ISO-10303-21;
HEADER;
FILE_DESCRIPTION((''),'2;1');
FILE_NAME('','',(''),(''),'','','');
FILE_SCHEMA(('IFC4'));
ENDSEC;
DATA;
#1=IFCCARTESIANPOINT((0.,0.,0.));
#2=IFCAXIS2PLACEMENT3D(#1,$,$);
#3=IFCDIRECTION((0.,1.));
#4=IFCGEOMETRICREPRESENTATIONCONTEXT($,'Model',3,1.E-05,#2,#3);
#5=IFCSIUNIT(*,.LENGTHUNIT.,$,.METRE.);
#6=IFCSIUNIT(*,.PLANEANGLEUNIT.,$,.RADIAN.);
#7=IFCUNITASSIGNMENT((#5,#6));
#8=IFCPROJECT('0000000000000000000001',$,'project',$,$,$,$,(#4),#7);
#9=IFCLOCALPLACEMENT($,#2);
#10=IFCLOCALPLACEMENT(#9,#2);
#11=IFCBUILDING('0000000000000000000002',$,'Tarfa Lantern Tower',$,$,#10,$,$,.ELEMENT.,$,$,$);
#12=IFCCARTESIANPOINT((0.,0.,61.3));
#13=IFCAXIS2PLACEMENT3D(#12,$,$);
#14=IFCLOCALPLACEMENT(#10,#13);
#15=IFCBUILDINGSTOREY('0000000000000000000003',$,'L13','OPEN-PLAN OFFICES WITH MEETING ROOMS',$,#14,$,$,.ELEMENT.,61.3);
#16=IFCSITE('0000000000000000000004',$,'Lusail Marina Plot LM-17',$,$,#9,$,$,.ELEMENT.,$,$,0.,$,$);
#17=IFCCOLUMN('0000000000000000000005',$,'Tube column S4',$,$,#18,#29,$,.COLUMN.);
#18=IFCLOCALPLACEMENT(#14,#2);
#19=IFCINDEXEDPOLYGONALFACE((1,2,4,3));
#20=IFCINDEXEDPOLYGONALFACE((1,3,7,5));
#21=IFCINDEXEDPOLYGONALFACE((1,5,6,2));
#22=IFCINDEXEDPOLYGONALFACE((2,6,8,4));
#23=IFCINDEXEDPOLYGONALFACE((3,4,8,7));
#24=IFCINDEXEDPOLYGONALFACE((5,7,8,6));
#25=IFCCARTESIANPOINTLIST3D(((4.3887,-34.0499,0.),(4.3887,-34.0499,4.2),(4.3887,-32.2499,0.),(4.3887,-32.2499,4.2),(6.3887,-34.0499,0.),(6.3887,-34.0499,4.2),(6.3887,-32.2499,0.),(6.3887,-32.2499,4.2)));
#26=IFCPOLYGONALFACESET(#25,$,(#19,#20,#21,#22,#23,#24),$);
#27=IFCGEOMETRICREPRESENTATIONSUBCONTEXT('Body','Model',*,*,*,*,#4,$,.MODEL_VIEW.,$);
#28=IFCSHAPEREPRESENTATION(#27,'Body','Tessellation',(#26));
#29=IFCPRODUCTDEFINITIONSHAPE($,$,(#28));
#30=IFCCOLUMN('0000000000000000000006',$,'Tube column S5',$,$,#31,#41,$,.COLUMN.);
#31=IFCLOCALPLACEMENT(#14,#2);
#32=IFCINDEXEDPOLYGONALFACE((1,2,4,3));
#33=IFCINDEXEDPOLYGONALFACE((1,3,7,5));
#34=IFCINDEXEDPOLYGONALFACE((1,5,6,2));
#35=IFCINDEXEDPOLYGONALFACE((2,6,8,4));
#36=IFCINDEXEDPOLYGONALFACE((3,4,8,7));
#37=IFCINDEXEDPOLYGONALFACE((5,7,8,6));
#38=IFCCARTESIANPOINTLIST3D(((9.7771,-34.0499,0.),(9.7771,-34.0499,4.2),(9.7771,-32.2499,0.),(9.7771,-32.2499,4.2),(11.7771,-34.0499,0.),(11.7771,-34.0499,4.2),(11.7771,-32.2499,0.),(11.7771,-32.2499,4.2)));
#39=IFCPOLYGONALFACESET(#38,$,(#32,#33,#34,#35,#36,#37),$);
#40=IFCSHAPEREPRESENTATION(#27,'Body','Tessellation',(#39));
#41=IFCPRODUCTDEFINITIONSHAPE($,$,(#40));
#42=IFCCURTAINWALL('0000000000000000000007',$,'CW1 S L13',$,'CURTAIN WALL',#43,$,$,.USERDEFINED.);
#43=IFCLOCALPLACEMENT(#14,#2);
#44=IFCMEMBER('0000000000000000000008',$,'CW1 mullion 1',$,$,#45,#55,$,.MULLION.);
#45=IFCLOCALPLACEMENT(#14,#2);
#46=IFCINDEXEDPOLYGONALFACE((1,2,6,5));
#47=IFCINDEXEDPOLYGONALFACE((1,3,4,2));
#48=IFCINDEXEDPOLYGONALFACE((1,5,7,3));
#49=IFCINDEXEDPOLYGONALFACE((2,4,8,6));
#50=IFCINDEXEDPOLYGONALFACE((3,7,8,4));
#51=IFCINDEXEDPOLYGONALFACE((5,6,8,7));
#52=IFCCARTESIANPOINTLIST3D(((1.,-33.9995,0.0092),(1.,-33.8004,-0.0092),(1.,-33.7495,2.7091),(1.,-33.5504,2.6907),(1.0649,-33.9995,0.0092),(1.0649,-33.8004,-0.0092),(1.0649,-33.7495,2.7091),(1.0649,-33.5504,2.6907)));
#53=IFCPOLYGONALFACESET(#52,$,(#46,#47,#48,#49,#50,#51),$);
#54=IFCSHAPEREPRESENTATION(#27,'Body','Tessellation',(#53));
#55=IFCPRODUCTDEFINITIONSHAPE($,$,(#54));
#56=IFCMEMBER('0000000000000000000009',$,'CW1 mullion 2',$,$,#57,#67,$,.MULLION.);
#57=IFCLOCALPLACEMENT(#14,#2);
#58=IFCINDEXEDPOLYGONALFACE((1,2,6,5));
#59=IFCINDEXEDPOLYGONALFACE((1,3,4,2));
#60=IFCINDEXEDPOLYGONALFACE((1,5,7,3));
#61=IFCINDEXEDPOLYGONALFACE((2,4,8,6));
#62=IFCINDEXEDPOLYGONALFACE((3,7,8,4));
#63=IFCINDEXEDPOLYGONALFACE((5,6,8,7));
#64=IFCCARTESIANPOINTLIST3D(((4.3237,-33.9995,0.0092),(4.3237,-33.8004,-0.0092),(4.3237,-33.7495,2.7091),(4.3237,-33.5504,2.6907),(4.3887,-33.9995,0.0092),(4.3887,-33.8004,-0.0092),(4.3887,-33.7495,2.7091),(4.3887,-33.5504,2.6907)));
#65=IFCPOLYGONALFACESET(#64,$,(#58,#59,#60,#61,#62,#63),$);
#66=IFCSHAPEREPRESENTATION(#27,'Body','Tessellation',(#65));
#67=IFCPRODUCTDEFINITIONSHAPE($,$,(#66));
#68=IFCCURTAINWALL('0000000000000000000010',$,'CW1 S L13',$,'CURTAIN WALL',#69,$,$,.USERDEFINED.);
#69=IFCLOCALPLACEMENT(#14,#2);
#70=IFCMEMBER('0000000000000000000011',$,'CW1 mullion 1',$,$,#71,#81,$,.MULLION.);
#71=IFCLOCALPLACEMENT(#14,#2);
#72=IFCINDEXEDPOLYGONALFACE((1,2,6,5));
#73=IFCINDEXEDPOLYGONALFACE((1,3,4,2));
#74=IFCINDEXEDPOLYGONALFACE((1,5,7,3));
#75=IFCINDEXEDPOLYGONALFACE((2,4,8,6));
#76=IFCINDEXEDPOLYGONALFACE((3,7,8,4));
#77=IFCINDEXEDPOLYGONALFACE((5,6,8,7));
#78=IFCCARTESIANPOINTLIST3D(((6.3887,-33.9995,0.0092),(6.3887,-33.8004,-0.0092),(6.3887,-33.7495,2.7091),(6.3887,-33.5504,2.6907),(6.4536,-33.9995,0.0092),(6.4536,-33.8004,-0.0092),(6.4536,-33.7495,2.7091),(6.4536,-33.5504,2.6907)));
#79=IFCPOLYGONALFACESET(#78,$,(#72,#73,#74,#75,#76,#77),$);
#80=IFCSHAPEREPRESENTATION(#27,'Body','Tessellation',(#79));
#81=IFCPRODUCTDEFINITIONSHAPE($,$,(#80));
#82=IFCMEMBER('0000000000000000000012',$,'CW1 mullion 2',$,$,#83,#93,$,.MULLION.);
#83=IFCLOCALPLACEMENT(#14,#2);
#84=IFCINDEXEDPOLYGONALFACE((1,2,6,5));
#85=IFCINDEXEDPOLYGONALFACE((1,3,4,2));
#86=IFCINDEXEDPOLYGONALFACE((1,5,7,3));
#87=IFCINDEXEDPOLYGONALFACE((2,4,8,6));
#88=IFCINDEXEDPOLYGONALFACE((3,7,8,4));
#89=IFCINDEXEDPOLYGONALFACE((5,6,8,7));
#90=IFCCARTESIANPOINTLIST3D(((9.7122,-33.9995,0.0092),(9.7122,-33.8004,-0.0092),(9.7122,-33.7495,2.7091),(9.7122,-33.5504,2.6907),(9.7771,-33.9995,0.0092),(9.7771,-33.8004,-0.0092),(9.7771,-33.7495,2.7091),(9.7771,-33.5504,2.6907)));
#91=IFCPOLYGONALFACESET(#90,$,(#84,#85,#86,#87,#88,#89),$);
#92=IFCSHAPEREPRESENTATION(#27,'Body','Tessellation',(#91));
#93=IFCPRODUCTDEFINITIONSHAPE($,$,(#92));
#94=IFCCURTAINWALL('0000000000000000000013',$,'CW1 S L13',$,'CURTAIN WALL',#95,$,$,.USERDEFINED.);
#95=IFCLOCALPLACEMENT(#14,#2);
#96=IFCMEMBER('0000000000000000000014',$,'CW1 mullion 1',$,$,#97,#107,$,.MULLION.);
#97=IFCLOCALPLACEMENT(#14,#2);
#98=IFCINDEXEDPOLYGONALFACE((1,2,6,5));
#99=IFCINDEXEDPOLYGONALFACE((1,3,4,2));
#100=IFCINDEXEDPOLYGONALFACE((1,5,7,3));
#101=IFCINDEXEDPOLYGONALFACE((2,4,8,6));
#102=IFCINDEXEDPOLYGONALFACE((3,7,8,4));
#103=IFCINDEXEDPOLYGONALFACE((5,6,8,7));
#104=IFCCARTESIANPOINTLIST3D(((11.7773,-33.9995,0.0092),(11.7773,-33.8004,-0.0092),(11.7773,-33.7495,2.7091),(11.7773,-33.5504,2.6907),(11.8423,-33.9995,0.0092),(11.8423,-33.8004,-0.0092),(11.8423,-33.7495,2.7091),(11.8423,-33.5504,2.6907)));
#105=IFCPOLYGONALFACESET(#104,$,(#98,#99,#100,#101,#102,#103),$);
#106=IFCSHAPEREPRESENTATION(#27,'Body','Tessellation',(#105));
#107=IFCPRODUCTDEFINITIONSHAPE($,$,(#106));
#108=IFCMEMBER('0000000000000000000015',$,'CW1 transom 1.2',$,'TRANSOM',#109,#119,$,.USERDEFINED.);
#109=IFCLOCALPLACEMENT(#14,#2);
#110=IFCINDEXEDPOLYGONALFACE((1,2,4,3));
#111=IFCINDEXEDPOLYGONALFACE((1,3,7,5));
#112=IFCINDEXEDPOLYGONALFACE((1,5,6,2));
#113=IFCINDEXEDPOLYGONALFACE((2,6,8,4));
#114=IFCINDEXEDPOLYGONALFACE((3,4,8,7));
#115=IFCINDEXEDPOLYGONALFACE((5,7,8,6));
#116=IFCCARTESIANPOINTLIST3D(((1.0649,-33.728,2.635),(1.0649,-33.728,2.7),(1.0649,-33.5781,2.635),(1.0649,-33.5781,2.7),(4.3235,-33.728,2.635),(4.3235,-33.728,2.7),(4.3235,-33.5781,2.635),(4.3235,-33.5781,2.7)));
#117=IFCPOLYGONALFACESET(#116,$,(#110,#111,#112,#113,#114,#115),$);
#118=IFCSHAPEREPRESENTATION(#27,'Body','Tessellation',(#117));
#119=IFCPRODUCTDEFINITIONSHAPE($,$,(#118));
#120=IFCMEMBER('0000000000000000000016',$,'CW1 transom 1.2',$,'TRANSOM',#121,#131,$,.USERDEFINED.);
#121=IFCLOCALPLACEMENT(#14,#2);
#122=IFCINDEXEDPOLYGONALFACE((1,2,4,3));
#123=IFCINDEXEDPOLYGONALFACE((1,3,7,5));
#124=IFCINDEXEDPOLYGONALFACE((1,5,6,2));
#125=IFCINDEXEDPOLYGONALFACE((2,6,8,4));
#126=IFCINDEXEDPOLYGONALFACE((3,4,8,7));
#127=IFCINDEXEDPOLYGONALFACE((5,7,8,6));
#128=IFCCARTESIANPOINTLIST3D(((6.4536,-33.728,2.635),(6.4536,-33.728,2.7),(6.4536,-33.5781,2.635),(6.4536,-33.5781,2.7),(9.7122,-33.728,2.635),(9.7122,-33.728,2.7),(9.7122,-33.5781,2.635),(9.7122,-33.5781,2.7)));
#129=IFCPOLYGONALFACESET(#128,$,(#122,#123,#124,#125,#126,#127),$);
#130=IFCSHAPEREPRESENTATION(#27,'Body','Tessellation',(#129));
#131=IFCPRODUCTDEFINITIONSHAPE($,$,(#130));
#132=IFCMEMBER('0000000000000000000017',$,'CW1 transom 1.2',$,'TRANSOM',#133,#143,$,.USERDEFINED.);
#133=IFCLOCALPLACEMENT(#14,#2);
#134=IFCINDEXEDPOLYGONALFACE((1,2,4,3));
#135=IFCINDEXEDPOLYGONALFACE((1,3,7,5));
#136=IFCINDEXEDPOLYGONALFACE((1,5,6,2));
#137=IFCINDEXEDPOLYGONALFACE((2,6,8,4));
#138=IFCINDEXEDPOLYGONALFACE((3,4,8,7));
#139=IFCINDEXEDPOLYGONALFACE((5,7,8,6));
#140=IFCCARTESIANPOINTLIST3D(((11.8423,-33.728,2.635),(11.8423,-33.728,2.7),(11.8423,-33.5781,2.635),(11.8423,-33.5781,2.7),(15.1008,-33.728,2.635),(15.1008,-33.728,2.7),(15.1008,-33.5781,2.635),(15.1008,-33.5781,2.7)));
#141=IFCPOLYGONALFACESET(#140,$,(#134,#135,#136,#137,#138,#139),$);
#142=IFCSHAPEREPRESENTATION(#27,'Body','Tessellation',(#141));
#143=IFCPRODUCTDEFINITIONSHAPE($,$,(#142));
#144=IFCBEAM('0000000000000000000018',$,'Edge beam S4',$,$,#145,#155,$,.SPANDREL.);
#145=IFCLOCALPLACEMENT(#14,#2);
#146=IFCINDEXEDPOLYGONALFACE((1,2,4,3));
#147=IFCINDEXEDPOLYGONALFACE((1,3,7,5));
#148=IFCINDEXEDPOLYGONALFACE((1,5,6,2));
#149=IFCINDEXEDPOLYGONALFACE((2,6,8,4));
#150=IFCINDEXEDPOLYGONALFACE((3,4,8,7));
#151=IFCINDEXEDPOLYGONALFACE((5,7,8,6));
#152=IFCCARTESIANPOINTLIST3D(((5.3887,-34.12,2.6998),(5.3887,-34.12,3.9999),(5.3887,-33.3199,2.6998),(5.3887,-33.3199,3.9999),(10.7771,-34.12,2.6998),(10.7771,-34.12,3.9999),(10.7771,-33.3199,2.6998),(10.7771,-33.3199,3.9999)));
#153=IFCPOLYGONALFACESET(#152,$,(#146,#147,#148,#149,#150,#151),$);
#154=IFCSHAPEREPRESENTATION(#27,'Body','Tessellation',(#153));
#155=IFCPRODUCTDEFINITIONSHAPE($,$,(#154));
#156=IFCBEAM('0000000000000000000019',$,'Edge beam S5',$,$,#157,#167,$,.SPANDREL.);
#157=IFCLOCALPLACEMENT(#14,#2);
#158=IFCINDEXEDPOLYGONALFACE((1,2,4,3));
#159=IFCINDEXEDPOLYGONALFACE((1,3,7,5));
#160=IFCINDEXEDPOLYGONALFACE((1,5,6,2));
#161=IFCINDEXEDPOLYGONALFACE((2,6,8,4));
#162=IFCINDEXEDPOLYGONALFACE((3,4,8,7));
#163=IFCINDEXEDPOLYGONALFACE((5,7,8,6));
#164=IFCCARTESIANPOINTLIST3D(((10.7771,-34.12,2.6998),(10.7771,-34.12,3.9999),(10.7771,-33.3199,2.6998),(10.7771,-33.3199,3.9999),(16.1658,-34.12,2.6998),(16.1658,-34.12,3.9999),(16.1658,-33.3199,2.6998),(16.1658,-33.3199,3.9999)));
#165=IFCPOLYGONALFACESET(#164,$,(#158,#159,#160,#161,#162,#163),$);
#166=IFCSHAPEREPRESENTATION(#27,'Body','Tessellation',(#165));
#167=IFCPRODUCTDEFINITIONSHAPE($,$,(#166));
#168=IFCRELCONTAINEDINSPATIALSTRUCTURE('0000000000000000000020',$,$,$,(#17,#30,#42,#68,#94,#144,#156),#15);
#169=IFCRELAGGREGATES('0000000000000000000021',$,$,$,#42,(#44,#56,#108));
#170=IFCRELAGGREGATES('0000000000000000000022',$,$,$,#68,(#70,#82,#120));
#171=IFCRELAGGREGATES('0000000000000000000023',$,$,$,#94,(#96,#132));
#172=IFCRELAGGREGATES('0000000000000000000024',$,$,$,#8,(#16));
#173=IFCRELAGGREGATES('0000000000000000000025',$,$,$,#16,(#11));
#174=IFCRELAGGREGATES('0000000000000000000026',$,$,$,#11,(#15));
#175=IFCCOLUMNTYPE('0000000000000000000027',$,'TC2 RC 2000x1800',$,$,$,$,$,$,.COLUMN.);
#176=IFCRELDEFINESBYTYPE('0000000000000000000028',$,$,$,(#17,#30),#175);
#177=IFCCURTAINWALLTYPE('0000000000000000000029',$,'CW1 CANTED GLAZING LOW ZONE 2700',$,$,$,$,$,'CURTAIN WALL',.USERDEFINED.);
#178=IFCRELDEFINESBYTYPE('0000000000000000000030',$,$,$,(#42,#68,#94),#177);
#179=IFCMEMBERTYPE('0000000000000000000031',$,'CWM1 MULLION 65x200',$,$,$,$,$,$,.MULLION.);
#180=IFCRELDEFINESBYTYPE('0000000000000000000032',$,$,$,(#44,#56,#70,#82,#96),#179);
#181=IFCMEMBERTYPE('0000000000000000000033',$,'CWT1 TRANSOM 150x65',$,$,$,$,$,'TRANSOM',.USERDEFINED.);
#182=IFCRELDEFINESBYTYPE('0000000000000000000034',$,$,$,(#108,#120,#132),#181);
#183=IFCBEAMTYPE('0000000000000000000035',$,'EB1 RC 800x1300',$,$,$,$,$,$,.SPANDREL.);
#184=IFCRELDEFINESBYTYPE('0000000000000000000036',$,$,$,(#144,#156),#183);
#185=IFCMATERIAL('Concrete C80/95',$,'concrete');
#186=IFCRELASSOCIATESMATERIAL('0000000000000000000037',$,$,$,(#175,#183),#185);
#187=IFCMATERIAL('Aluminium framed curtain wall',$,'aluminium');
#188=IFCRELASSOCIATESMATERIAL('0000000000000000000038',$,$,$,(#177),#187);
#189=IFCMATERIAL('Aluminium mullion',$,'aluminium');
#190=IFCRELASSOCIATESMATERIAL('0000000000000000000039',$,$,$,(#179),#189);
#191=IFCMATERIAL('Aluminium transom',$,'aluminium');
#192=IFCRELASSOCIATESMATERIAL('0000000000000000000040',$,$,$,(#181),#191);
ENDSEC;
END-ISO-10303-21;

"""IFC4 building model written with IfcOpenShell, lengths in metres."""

from ifc_helpers import new_model, si_unit, direction, frame, origin, origin_2d, place, context, subcontext, project, spatial, rectangle, extrude, material, material_profile, profile_set, type_object, element, aggregate, save


model = new_model("IFC4")

# Units and contexts
model_context = context("Model", 3, precision=1e-05, world=origin(), true_north=direction((0.0, 1.0)))
body_context = subcontext(model_context, "Body", "Model", "MODEL_VIEW")
ifc_project = project(units=[si_unit("LENGTHUNIT", "METRE"), si_unit("PLANEANGLEUNIT", "RADIAN")], contexts=[model_context])

# Site, building, storey
site_placement = place(None, origin())
site = spatial("IfcSite", under=ifc_project, at=site_placement, Name="Lusail Marina Plot LM-17", CompositionType="ELEMENT", RefElevation=0.0)
building_placement = place(site_placement, origin())
building = spatial("IfcBuilding", under=site, at=building_placement, Name="Tarfa Lantern Tower", CompositionType="ELEMENT")
storey_placement = place(building_placement, frame((0.0, 0.0, 61.3)))
storey = spatial("IfcBuildingStorey", under=building, at=storey_placement, Name="L13", Description="OPEN-PLAN OFFICES WITH MEETING ROOMS", CompositionType="ELEMENT", Elevation=61.3)

# Columns
ifc_material_1 = material(Name="Concrete C80/95", Category="concrete")
ifc_material_profile_1 = material_profile(ifc_material_1, rectangle(XDim=2.0, YDim=1.8, at=origin_2d()), Name="RC 2000x1800")
ifc_profile_set_1 = profile_set([ifc_material_profile_1], Name="Concrete C80/95")
column_type = type_object("IfcColumnType", Name="TC2 RC 2000x1800", PredefinedType="COLUMN", material=ifc_profile_set_1)
for number, where, z_axis, x_axis, name in (
    (1, (5.3887, -33.1499, 0.0), (0.0, 0.0, 1.0), (1.0, 0.0, 0.0), "Tube column S4"),
    (2, (10.7771, -33.1499, 0.0), (0.0, 0.0, 1.0), (1.0, 0.0, 0.0), "Tube column S5"),
):
    element("IfcColumn", number, at=place(storey_placement, frame(where, z_axis=z_axis, x_axis=x_axis)), inside=storey, type_object=column_type, Name=name, PredefinedType="COLUMN", context=body_context, shape_type="SweptSolid", body=[
        extrude(rectangle(XDim=2.0, YDim=1.8, at=origin_2d()), origin(), (0.0, 0.0, 1.0), 4.2),
    ])

# Curtain walls, members
ifc_material_2 = material(Name="Aluminium framed curtain wall", Category="aluminium")
curtain_wall_type = type_object("IfcCurtainWallType", Name="CW1 CANTED GLAZING LOW ZONE 2700", ElementType="CURTAIN WALL", PredefinedType="USERDEFINED", material=ifc_material_2)
curtain_wall_1_placement = place(storey_placement, origin())
curtain_wall_1 = element("IfcCurtainWall", 3, at=curtain_wall_1_placement, inside=storey, type_object=curtain_wall_type, Name="CW1 S L13", ObjectType="CURTAIN WALL", PredefinedType="USERDEFINED")
ifc_material_3 = material(Name="Aluminium mullion", Category="aluminium")
ifc_material_profile_2 = material_profile(ifc_material_3, rectangle(XDim=0.0649, YDim=0.2, at=origin_2d()), Name="AL MULLION 65x200")
ifc_profile_set_2 = profile_set([ifc_material_profile_2], Name="Aluminium mullion")
member_type_1 = type_object("IfcMemberType", Name="CWM1 MULLION 65x200", PredefinedType="MULLION", material=ifc_profile_set_2)
member_1_placement = place(storey_placement, frame((1.0325, -33.8999, 0.0), z_axis=(0.0, 0.0922, 0.995741), x_axis=(-1.0, 0.0, 0.0)))
member_1 = element("IfcMember", 4, at=member_1_placement, type_object=member_type_1, Name="CW1 mullion 1", PredefinedType="MULLION", context=body_context, shape_type="SweptSolid", body=[
    extrude(rectangle(XDim=0.0649, YDim=0.2, at=origin_2d()), origin(), (0.0, 0.0, 1.0), 2.7114),
])
member_2_placement = place(storey_placement, frame((4.3562, -33.8999, 0.0), z_axis=(0.0, 0.0922, 0.995741), x_axis=(-1.0, 0.0, 0.0)))
member_2 = element("IfcMember", 5, at=member_2_placement, type_object=member_type_1, Name="CW1 mullion 2", PredefinedType="MULLION", context=body_context, shape_type="SweptSolid", body=[
    extrude(rectangle(XDim=0.0649, YDim=0.2, at=origin_2d()), origin(), (0.0, 0.0, 1.0), 2.7114),
])
curtain_wall_2_placement = place(storey_placement, origin())
curtain_wall_2 = element("IfcCurtainWall", 6, at=curtain_wall_2_placement, inside=storey, type_object=curtain_wall_type, Name="CW1 S L13", ObjectType="CURTAIN WALL", PredefinedType="USERDEFINED")
member_3_placement = place(storey_placement, frame((6.4211, -33.8999, 0.0), z_axis=(0.0, 0.0922, 0.995741), x_axis=(-1.0, 0.0, 0.0)))
member_3 = element("IfcMember", 7, at=member_3_placement, type_object=member_type_1, Name="CW1 mullion 1", PredefinedType="MULLION", context=body_context, shape_type="SweptSolid", body=[
    extrude(rectangle(XDim=0.0649, YDim=0.2, at=origin_2d()), origin(), (0.0, 0.0, 1.0), 2.7114),
])
member_4_placement = place(storey_placement, frame((9.7446, -33.8999, 0.0), z_axis=(0.0, 0.0922, 0.995741), x_axis=(-1.0, 0.0, 0.0)))
member_4 = element("IfcMember", 8, at=member_4_placement, type_object=member_type_1, Name="CW1 mullion 2", PredefinedType="MULLION", context=body_context, shape_type="SweptSolid", body=[
    extrude(rectangle(XDim=0.0649, YDim=0.2, at=origin_2d()), origin(), (0.0, 0.0, 1.0), 2.7114),
])

# Curtain wall, member
curtain_wall_3_placement = place(storey_placement, origin())
curtain_wall_3 = element("IfcCurtainWall", 9, at=curtain_wall_3_placement, inside=storey, type_object=curtain_wall_type, Name="CW1 S L13", ObjectType="CURTAIN WALL", PredefinedType="USERDEFINED")
member_5_placement = place(storey_placement, frame((11.8098, -33.8999, 0.0), z_axis=(0.0, 0.0922, 0.995741), x_axis=(-1.0, 0.0, 0.0)))
member_5 = element("IfcMember", 10, at=member_5_placement, type_object=member_type_1, Name="CW1 mullion 1", PredefinedType="MULLION", context=body_context, shape_type="SweptSolid", body=[
    extrude(rectangle(XDim=0.0649, YDim=0.2, at=origin_2d()), origin(), (0.0, 0.0, 1.0), 2.7114),
])

# Members
ifc_material_4 = material(Name="Aluminium transom", Category="aluminium")
ifc_material_profile_3 = material_profile(ifc_material_4, rectangle(XDim=0.1499, YDim=0.0649, at=origin_2d()), Name="AL TRANSOM 150x65")
ifc_profile_set_3 = profile_set([ifc_material_profile_3], Name="Aluminium transom")
member_type_2 = type_object("IfcMemberType", Name="CWT1 TRANSOM 150x65", ElementType="TRANSOM", PredefinedType="USERDEFINED", material=ifc_profile_set_3)
member_6_placement = place(storey_placement, frame((1.0649, -33.6531, 2.6675), z_axis=(1.0, 0.0, 0.0), x_axis=(0.0, 1.0, 0.0)))
member_6 = element("IfcMember", 11, at=member_6_placement, type_object=member_type_2, Name="CW1 transom 1.2", ObjectType="TRANSOM", PredefinedType="USERDEFINED", context=body_context, shape_type="SweptSolid", body=[
    extrude(rectangle(XDim=0.1499, YDim=0.0649, at=origin_2d()), origin(), (0.0, 0.0, 1.0), 3.2585),
])
member_7_placement = place(storey_placement, frame((6.4536, -33.6531, 2.6675), z_axis=(1.0, 0.0, 0.0), x_axis=(0.0, 1.0, 0.0)))
member_7 = element("IfcMember", 12, at=member_7_placement, type_object=member_type_2, Name="CW1 transom 1.2", ObjectType="TRANSOM", PredefinedType="USERDEFINED", context=body_context, shape_type="SweptSolid", body=[
    extrude(rectangle(XDim=0.1499, YDim=0.0649, at=origin_2d()), origin(), (0.0, 0.0, 1.0), 3.2585),
])
member_8_placement = place(storey_placement, frame((11.8423, -33.6531, 2.6675), z_axis=(1.0, 0.0, 0.0), x_axis=(0.0, 1.0, 0.0)))
member_8 = element("IfcMember", 13, at=member_8_placement, type_object=member_type_2, Name="CW1 transom 1.2", ObjectType="TRANSOM", PredefinedType="USERDEFINED", context=body_context, shape_type="SweptSolid", body=[
    extrude(rectangle(XDim=0.1499, YDim=0.0649, at=origin_2d()), origin(), (0.0, 0.0, 1.0), 3.2585),
])

# Beams
ifc_material_profile_4 = material_profile(ifc_material_1, rectangle(XDim=0.8, YDim=1.3, at=origin_2d()), Name="RC 800x1300")
ifc_profile_set_4 = profile_set([ifc_material_profile_4], Name="Concrete C80/95")
beam_type_1 = type_object("IfcBeamType", Name="EB1 RC 800x1300", PredefinedType="SPANDREL", material=ifc_profile_set_4)
beam_1_placement = place(storey_placement, frame((5.3887, -33.72, 3.3499), z_axis=(1.0, 0.0, 0.0), x_axis=(0.0, 1.0, 0.0)))
element("IfcBeam", 14, at=beam_1_placement, inside=storey, type_object=beam_type_1, Name="Edge beam S4", PredefinedType="SPANDREL", context=body_context, shape_type="SweptSolid", body=[
    extrude(rectangle(XDim=0.8, YDim=1.3, at=origin_2d()), origin(), (0.0, 0.0, 1.0), 5.3884),
])
beam_2_placement = place(storey_placement, frame((10.7771, -33.72, 3.3499), z_axis=(1.0, 0.0, 0.0), x_axis=(0.0, 1.0, 0.0)))
element("IfcBeam", 15, at=beam_2_placement, inside=storey, type_object=beam_type_1, Name="Edge beam S5", PredefinedType="SPANDREL", context=body_context, shape_type="SweptSolid", body=[
    extrude(rectangle(XDim=0.8, YDim=1.3, at=origin_2d()), origin(), (0.0, 0.0, 1.0), 5.3887),
])

aggregate(curtain_wall_1, [member_1, member_2, member_6])
aggregate(curtain_wall_2, [member_3, member_4, member_7])
aggregate(curtain_wall_3, [member_5, member_8])

save(model, "model.ifc")
